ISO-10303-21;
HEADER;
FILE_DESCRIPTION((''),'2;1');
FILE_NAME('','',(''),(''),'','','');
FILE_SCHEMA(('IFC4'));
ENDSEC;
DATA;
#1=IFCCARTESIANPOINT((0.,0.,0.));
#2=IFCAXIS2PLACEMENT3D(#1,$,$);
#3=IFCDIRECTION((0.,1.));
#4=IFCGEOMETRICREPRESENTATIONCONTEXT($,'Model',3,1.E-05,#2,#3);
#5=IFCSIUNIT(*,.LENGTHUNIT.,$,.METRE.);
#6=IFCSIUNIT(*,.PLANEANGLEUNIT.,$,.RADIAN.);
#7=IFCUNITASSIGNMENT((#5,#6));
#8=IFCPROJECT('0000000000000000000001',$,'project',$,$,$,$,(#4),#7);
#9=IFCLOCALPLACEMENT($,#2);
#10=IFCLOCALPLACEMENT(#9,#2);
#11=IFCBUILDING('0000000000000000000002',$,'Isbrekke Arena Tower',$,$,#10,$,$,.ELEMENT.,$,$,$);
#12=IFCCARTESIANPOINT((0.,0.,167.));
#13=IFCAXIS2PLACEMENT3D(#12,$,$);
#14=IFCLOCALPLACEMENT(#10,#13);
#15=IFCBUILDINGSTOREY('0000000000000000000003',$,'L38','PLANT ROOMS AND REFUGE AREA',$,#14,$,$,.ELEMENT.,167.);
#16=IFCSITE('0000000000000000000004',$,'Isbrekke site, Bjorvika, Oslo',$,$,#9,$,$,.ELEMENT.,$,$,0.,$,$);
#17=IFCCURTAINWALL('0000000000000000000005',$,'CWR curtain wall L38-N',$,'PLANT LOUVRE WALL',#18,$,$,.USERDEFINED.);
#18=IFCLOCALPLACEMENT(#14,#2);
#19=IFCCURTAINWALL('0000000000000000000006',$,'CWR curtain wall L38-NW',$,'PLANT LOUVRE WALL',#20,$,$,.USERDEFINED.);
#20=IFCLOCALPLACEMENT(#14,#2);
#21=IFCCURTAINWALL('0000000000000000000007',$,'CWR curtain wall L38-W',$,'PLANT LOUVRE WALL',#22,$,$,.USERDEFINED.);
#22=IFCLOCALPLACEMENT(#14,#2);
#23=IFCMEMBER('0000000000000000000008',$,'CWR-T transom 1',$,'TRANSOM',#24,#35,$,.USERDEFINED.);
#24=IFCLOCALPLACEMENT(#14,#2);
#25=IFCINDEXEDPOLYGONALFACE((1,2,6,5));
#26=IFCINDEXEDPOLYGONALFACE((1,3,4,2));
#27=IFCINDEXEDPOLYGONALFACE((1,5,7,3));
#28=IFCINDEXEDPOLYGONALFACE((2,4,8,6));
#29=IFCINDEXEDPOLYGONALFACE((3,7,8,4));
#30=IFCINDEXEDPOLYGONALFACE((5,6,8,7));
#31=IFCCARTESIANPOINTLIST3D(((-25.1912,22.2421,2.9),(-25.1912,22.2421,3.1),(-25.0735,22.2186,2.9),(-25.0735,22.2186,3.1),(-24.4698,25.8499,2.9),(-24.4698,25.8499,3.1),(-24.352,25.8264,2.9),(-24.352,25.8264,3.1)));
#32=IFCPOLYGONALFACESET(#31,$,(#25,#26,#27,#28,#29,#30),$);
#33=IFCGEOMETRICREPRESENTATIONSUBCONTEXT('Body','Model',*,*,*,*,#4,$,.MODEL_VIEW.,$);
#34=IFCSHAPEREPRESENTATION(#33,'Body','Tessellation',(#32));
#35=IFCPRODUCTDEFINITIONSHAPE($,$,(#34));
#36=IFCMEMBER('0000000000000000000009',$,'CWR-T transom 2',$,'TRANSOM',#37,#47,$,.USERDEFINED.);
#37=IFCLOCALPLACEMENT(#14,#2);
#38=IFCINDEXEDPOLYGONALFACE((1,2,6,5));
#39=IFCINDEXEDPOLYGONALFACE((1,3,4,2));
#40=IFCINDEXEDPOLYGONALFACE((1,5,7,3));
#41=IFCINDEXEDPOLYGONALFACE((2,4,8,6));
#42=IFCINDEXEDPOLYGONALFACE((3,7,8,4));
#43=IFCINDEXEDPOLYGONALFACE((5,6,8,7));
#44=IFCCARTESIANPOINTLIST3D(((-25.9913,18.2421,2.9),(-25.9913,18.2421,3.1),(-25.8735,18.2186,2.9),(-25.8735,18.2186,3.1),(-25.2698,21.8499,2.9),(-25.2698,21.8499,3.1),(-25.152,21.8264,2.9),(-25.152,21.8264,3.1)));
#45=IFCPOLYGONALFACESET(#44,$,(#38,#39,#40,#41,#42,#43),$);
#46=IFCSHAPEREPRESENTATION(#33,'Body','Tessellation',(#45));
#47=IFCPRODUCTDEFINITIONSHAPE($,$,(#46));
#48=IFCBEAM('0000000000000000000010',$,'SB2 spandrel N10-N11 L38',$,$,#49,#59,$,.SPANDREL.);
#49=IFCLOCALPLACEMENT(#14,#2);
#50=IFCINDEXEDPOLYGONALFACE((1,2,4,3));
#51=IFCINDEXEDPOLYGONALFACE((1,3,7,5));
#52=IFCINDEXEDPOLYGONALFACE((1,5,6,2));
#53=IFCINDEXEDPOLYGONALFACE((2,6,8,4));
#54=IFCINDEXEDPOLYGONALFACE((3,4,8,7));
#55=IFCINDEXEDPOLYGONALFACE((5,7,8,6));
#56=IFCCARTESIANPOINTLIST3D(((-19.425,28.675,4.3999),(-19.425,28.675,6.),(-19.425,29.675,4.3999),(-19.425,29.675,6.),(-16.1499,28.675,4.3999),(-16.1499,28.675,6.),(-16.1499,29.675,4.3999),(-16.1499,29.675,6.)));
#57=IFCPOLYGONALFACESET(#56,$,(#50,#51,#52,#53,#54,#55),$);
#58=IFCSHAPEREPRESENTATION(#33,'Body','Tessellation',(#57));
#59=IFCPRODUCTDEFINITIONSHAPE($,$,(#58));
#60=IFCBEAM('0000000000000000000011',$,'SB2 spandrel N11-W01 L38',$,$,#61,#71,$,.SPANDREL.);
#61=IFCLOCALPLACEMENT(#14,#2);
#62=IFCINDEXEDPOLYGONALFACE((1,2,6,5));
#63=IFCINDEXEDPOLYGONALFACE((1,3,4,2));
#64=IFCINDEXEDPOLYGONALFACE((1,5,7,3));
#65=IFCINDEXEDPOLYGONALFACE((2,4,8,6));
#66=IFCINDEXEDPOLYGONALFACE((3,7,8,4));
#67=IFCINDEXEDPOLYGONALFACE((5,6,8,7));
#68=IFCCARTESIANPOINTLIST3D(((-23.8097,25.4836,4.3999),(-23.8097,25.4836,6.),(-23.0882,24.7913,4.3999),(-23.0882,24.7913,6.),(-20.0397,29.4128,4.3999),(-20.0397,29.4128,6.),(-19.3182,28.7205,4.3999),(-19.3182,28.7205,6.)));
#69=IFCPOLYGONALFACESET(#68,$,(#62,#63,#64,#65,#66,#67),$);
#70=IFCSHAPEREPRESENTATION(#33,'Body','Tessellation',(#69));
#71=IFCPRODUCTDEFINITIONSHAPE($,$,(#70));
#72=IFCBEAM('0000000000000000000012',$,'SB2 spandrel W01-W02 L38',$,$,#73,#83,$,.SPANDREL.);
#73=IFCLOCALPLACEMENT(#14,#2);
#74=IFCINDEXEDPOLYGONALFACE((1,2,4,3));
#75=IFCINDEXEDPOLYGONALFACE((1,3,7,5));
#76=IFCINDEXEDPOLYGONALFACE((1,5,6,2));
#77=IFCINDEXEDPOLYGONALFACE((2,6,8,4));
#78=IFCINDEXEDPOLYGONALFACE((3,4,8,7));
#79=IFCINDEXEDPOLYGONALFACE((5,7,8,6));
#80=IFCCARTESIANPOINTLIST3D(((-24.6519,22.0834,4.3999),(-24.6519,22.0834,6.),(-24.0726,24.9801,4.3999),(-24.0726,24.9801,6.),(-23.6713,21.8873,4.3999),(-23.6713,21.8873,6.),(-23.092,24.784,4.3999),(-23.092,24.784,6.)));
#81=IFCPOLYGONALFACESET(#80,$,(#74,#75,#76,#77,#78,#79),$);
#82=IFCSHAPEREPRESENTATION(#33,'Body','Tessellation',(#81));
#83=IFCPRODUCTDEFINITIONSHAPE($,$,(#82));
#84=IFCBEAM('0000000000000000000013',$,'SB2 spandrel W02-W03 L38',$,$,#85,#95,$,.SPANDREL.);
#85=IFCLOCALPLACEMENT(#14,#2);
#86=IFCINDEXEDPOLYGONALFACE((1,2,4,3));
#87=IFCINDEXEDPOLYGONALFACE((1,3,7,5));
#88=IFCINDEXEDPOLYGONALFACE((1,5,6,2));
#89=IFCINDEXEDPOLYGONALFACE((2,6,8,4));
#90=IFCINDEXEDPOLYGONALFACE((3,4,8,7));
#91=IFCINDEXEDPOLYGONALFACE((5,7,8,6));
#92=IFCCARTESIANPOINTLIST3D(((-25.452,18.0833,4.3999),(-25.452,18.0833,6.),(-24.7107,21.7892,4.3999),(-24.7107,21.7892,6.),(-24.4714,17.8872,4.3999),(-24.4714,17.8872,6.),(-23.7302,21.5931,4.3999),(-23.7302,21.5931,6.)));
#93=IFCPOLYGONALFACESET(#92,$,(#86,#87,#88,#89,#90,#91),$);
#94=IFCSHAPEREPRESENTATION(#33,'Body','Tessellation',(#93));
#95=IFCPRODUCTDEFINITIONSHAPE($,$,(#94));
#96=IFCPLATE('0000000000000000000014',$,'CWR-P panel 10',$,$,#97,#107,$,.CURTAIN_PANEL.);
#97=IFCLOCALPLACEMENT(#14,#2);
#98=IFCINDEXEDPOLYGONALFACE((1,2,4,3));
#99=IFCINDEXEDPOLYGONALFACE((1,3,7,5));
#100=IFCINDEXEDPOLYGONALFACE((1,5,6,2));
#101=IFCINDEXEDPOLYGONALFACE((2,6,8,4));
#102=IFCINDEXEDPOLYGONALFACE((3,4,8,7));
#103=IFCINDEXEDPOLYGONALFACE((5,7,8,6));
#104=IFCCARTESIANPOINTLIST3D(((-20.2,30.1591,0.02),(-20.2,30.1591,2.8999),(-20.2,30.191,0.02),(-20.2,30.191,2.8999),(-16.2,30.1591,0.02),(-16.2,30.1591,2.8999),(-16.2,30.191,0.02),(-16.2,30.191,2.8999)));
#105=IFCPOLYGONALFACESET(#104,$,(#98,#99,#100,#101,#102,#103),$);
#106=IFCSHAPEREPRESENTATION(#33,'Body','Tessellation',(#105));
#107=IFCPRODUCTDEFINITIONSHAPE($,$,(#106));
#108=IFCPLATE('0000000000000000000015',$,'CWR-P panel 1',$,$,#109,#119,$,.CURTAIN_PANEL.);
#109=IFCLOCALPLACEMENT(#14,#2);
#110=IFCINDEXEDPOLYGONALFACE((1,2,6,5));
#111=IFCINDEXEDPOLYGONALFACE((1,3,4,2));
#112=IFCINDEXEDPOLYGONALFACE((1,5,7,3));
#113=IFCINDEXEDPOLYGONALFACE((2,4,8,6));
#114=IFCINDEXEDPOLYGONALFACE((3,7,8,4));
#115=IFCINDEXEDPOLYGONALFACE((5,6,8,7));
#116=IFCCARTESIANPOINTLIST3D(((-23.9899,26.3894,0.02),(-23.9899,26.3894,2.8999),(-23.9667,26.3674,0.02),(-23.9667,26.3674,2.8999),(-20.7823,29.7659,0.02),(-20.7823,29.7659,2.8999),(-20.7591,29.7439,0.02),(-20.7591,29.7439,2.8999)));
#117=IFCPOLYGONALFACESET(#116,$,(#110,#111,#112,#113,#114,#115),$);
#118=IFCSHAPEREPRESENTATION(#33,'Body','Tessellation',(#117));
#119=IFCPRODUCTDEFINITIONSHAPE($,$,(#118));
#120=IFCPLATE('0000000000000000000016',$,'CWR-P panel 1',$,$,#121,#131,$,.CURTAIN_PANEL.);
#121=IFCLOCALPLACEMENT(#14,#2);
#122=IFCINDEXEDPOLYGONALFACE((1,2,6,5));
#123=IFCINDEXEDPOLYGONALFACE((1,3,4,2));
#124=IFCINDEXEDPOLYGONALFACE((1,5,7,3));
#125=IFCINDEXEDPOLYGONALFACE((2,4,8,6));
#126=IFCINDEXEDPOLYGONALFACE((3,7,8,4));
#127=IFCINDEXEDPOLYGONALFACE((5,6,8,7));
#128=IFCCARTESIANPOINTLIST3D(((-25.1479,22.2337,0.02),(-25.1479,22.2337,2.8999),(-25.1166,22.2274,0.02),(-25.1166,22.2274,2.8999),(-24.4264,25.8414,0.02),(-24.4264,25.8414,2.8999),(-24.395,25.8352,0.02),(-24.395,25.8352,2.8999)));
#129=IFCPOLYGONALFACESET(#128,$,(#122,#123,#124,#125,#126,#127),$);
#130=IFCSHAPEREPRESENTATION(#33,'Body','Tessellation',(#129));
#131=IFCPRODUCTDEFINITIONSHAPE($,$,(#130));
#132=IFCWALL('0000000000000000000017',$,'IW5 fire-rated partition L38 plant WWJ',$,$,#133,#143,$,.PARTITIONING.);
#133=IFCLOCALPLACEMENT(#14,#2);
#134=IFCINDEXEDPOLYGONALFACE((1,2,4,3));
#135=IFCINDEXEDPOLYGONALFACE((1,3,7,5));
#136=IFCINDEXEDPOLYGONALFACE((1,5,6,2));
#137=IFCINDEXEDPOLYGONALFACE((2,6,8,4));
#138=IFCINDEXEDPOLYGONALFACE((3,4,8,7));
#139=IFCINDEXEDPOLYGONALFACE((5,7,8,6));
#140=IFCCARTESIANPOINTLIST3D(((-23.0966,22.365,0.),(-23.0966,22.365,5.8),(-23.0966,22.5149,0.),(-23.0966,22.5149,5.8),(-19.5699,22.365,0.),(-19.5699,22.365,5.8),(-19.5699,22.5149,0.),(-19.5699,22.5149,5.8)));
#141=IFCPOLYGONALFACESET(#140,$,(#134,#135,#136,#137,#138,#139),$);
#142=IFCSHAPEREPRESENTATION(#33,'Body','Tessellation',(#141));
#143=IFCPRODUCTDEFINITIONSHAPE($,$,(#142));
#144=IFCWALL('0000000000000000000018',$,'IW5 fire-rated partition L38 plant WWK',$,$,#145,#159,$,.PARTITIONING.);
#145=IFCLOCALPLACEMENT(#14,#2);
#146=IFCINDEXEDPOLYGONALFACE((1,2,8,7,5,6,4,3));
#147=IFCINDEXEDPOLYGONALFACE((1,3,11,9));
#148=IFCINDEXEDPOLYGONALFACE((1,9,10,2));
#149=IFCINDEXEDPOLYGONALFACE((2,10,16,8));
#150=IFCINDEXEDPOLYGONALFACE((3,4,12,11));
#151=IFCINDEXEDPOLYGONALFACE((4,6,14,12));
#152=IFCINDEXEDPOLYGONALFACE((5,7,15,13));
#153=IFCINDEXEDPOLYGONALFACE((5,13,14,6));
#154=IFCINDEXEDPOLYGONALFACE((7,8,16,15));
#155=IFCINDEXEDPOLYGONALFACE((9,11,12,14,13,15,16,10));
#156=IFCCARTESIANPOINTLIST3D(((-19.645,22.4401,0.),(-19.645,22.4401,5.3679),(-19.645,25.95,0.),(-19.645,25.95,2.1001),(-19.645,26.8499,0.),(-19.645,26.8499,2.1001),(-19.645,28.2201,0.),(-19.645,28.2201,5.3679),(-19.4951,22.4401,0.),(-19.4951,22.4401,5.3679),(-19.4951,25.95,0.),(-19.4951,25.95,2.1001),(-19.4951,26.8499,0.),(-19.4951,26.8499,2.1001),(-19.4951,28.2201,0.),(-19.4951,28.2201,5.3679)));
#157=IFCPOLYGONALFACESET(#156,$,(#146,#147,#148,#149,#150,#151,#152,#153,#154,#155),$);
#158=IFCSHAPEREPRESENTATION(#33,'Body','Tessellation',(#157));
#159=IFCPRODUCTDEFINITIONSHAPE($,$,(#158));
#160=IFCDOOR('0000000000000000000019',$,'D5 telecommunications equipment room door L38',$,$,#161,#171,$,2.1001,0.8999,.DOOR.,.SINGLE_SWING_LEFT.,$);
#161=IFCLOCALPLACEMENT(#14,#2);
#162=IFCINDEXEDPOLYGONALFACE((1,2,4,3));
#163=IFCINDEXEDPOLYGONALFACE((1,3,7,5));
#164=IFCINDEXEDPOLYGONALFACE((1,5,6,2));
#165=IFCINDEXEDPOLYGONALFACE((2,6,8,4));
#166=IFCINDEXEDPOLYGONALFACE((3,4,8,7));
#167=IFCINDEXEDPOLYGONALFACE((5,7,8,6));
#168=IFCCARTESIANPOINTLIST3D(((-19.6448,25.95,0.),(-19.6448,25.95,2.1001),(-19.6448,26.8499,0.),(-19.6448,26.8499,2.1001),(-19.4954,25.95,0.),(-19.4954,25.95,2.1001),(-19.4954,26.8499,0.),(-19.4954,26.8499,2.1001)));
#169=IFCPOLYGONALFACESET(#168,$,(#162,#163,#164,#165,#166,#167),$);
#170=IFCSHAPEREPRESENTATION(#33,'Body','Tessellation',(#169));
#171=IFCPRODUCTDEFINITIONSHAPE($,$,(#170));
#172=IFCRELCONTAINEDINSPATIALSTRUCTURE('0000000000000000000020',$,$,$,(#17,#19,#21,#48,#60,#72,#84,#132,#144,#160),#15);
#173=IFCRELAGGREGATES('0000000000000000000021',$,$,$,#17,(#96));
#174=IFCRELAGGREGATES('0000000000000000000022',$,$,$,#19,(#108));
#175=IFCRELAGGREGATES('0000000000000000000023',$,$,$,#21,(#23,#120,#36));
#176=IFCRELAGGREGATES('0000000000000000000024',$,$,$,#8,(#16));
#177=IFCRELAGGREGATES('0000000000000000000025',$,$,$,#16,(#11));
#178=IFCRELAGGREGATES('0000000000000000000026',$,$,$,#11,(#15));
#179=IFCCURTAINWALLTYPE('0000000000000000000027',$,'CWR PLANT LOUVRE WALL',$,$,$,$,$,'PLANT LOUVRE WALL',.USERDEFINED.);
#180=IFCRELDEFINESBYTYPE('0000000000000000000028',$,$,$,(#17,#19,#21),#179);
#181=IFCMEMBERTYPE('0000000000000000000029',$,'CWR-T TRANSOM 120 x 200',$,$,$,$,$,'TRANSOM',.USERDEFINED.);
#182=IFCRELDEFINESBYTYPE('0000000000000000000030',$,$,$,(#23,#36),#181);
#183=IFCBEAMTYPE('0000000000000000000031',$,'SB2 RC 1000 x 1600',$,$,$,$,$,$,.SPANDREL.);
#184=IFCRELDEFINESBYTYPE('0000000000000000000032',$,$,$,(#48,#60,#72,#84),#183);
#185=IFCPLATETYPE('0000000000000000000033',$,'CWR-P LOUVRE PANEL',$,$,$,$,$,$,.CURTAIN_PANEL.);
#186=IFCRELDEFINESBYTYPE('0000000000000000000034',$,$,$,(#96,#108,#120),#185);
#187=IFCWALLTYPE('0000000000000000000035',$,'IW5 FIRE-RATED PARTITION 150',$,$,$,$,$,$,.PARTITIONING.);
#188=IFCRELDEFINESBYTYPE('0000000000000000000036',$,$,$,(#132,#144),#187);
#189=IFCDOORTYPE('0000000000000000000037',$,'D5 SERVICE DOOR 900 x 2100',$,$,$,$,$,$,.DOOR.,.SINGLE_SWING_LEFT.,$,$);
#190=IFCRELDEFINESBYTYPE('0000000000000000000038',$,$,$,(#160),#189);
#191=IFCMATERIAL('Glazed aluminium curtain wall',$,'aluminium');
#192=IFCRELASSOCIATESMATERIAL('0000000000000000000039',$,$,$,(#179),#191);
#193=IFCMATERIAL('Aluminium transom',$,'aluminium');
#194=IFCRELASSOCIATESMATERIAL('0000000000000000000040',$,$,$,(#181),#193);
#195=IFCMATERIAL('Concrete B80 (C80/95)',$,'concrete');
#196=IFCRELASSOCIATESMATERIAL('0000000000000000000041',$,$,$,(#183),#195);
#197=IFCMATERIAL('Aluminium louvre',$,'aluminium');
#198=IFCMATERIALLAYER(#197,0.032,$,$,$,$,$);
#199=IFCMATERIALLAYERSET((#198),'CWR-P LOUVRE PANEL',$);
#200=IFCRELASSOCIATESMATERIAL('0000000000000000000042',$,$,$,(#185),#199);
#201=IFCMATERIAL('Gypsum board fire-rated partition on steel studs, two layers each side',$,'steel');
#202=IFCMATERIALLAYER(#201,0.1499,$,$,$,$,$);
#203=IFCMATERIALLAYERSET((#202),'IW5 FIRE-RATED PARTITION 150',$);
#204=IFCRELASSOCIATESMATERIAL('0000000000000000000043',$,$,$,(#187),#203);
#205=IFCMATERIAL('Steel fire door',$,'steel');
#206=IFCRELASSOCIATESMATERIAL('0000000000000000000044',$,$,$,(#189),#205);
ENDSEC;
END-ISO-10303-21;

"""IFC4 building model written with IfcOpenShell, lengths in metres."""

from ifc_helpers import new_model, si_unit, direction, frame, frame_2d, origin, origin_2d, place, context, subcontext, project, spatial, rectangle, extrude, material, layer, layer_set, material_profile, profile_set, type_object, element, fill, aggregate, save


model = new_model("IFC4")

# Units and contexts
model_context = context("Model", 3, precision=1e-05, world=origin(), true_north=direction((0.0, 1.0)))
body_context = subcontext(model_context, "Body", "Model", "MODEL_VIEW")
ifc_project = project(units=[si_unit("LENGTHUNIT", "METRE"), si_unit("PLANEANGLEUNIT", "RADIAN")], contexts=[model_context])

# Site, building, storey
site_placement = place(None, origin())
site = spatial("IfcSite", under=ifc_project, at=site_placement, Name="Isbrekke site, Bjorvika, Oslo", CompositionType="ELEMENT", RefElevation=0.0)
building_placement = place(site_placement, origin())
building = spatial("IfcBuilding", under=site, at=building_placement, Name="Isbrekke Arena Tower", CompositionType="ELEMENT")
storey_placement = place(building_placement, frame((0.0, 0.0, 167.0)))
storey = spatial("IfcBuildingStorey", under=building, at=storey_placement, Name="L38", Description="PLANT ROOMS AND REFUGE AREA", CompositionType="ELEMENT", Elevation=167.0)

# Curtain wall
ifc_material_1 = material(Name="Glazed aluminium curtain wall", Category="aluminium")
curtain_wall_type = type_object("IfcCurtainWallType", Name="CWR PLANT LOUVRE WALL", ElementType="PLANT LOUVRE WALL", PredefinedType="USERDEFINED", material=ifc_material_1)
curtain_wall_1_placement = place(storey_placement, origin())
curtain_wall_1 = element("IfcCurtainWall", 1, at=curtain_wall_1_placement, inside=storey, type_object=curtain_wall_type, Name="CWR curtain wall L38-N", ObjectType="PLANT LOUVRE WALL", PredefinedType="USERDEFINED")

# Curtain walls
curtain_wall_2_placement = place(storey_placement, origin())
curtain_wall_2 = element("IfcCurtainWall", 2, at=curtain_wall_2_placement, inside=storey, type_object=curtain_wall_type, Name="CWR curtain wall L38-NW", ObjectType="PLANT LOUVRE WALL", PredefinedType="USERDEFINED")
curtain_wall_3_placement = place(storey_placement, origin())
curtain_wall_3 = element("IfcCurtainWall", 3, at=curtain_wall_3_placement, inside=storey, type_object=curtain_wall_type, Name="CWR curtain wall L38-W", ObjectType="PLANT LOUVRE WALL", PredefinedType="USERDEFINED")

# Members
ifc_material_2 = material(Name="Aluminium transom", Category="aluminium")
ifc_material_profile_1 = material_profile(ifc_material_2, rectangle(XDim=0.1201, YDim=0.2, at=origin_2d()), Name="TRANSOM 120X200")
ifc_profile_set_1 = profile_set([ifc_material_profile_1], Name="Aluminium transom")
member_type_1 = type_object("IfcMemberType", Name="CWR-T TRANSOM 120 x 200", ElementType="TRANSOM", PredefinedType="USERDEFINED", material=ifc_profile_set_1)
member_1_placement = place(storey_placement, frame((-24.4109, 25.8381, 3.0), z_axis=(-0.196091, -0.980586, 0.0), x_axis=(0.980586, -0.196091, 0.0)))
member_1 = element("IfcMember", 4, at=member_1_placement, type_object=member_type_1, Name="CWR-T transom 1", ObjectType="TRANSOM", PredefinedType="USERDEFINED", context=body_context, shape_type="SweptSolid", body=[
    extrude(rectangle(XDim=0.1201, YDim=0.2, at=origin_2d()), origin(), (0.0, 0.0, 1.0), 3.6792),
])
member_2_placement = place(storey_placement, frame((-25.2109, 21.8381, 3.0), z_axis=(-0.196091, -0.980586, 0.0), x_axis=(0.980586, -0.196091, 0.0)))
member_2 = element("IfcMember", 5, at=member_2_placement, type_object=member_type_1, Name="CWR-T transom 2", ObjectType="TRANSOM", PredefinedType="USERDEFINED", context=body_context, shape_type="SweptSolid", body=[
    extrude(rectangle(XDim=0.1201, YDim=0.2, at=origin_2d()), origin(), (0.0, 0.0, 1.0), 3.6792),
])

# Beams
ifc_material_3 = material(Name="Concrete B80 (C80/95)", Category="concrete")
ifc_material_profile_2 = material_profile(ifc_material_3, rectangle(XDim=1.0, YDim=1.6001, at=origin_2d()), Name="RC 1000x1600")
ifc_profile_set_2 = profile_set([ifc_material_profile_2], Name="Concrete B80 (C80/95)")
beam_type_1 = type_object("IfcBeamType", Name="SB2 RC 1000 x 1600", PredefinedType="SPANDREL", material=ifc_profile_set_2)
beam_1_placement = place(storey_placement, frame((-16.1499, 29.175, 5.2), z_axis=(-1.0, 0.0, 0.0), x_axis=(0.0, -1.0, 0.0)))
element("IfcBeam", 6, at=beam_1_placement, inside=storey, type_object=beam_type_1, Name="SB2 spandrel N10-N11 L38", PredefinedType="SPANDREL", context=body_context, shape_type="SweptSolid", body=[
    extrude(rectangle(XDim=1.0, YDim=1.6001, at=origin_2d()), origin(), (0.0, 0.0, 1.0), 3.2751),
])
beam_2_placement = place(storey_placement, frame((-19.679, 29.0667, 5.2), z_axis=(-0.69234, -0.721572, 0.0), x_axis=(0.721572, -0.69234, 0.0)))
element("IfcBeam", 7, at=beam_2_placement, inside=storey, type_object=beam_type_1, Name="SB2 spandrel N11-W01 L38", PredefinedType="SPANDREL", context=body_context, shape_type="SweptSolid", body=[
    extrude(rectangle(XDim=1.0, YDim=1.6001, at=origin_2d()), origin(), (0.0, 0.0, 1.0), 5.4453),
])
beam_3_placement = place(storey_placement, frame((-23.5823, 24.8821, 5.2), z_axis=(-0.196116, -0.980581, 0.0), x_axis=(0.980581, -0.196116, 0.0)))
element("IfcBeam", 8, at=beam_3_placement, inside=storey, type_object=beam_type_1, Name="SB2 spandrel W01-W02 L38", PredefinedType="SPANDREL", context=body_context, shape_type="SweptSolid", body=[
    extrude(rectangle(XDim=1.0, YDim=1.6001, at=origin_2d()), origin(), (0.0, 0.0, 1.0), 2.9541),
])
beam_4_placement = place(storey_placement, frame((-24.2205, 21.6912, 5.2), z_axis=(-0.196129, -0.980578, 0.0), x_axis=(0.980578, -0.196129, 0.0)))
element("IfcBeam", 9, at=beam_4_placement, inside=storey, type_object=beam_type_1, Name="SB2 spandrel W02-W03 L38", PredefinedType="SPANDREL", context=body_context, shape_type="SweptSolid", body=[
    extrude(rectangle(XDim=1.0, YDim=1.6001, at=origin_2d()), origin(), (0.0, 0.0, 1.0), 3.7793),
])

# Plates
ifc_material_4 = material(Name="Aluminium louvre", Category="aluminium")
ifc_layer_1 = layer(ifc_material_4, 0.032)
ifc_layer_set_1 = layer_set([ifc_layer_1], Name="CWR-P LOUVRE PANEL")
plate_type = type_object("IfcPlateType", Name="CWR-P LOUVRE PANEL", PredefinedType="CURTAIN_PANEL", material=ifc_layer_set_1)
plate_1_placement = place(storey_placement, frame((-18.2, 30.175, 0.02), z_axis=(0.0, 0.0, 1.0), x_axis=(-1.0, 0.0, 0.0)))
plate_1 = element("IfcPlate", 10, at=plate_1_placement, type_object=plate_type, Name="CWR-P panel 10", PredefinedType="CURTAIN_PANEL", context=body_context, shape_type="SweptSolid", body=[
    extrude(rectangle(XDim=4.0, YDim=0.032, at=origin_2d()), origin(), (0.0, 0.0, 1.0), 2.8799),
])
aggregate(curtain_wall_1, [plate_1])
plate_2_placement = place(storey_placement, frame((-22.3745, 28.0667, 0.02), z_axis=(0.0, 0.0, 1.0), x_axis=(-0.688749, -0.724999, 0.0)))
plate_2 = element("IfcPlate", 11, at=plate_2_placement, type_object=plate_type, Name="CWR-P panel 1", PredefinedType="CURTAIN_PANEL", context=body_context, shape_type="SweptSolid", body=[
    extrude(rectangle(XDim=4.6572, YDim=0.032, at=origin_2d()), origin(), (0.0, 0.0, 1.0), 2.8799),
])
aggregate(curtain_wall_2, [plate_2])
plate_3_placement = place(storey_placement, frame((-24.7715, 24.0344, 0.02), z_axis=(0.0, 0.0, 1.0), x_axis=(-0.196116, -0.980581, 0.0)))
plate_3 = element("IfcPlate", 12, at=plate_3_placement, type_object=plate_type, Name="CWR-P panel 1", PredefinedType="CURTAIN_PANEL", context=body_context, shape_type="SweptSolid", body=[
    extrude(rectangle(XDim=3.6792, YDim=0.032, at=origin_2d()), origin(), (0.0, 0.0, 1.0), 2.8799),
])
aggregate(curtain_wall_3, [member_1, plate_3, member_2])

# Wall
ifc_material_5 = material(Name="Gypsum board fire-rated partition on steel studs, two layers each side", Category="steel")
ifc_layer_2 = layer(ifc_material_5, 0.1499)
ifc_layer_set_2 = layer_set([ifc_layer_2], Name="IW5 FIRE-RATED PARTITION 150")
wall_type = type_object("IfcWallType", Name="IW5 FIRE-RATED PARTITION 150", PredefinedType="PARTITIONING", material=ifc_layer_set_2)
wall_1_placement = place(storey_placement, frame((-19.5701, 22.4399, 0.0), z_axis=(0.0, 0.0, 1.0), x_axis=(-1.0, 0.0, 0.0)))
element("IfcWall", 13, at=wall_1_placement, inside=storey, type_object=wall_type, Name="IW5 fire-rated partition L38 plant WWJ", PredefinedType="PARTITIONING", context=body_context, shape_type="SweptSolid", body=[
    extrude(rectangle(XDim=3.5266, YDim=0.1499, at=frame_2d((1.7632, 0.0))), origin(), (0.0, 0.0, 1.0), 5.8),
])

# Wall, opening, door
wall_2_placement = place(storey_placement, frame((-19.5701, 22.4399, 0.0), z_axis=(0.0, 0.0, 1.0), x_axis=(0.0, 1.0, 0.0)))
wall_2 = element("IfcWall", 14, at=wall_2_placement, inside=storey, type_object=wall_type, Name="IW5 fire-rated partition L38 plant WWK", PredefinedType="PARTITIONING", context=body_context, shape_type="SweptSolid", body=[
    extrude(rectangle(XDim=5.78, YDim=0.1499, at=frame_2d((2.8901, 0.0))), origin(), (0.0, 0.0, 1.0), 5.3679),
])
opening_placement = place(wall_2_placement, frame((3.51, 0.0, 0.0)))
opening = element("IfcOpeningElement", 15, at=opening_placement, cuts=wall_2, PredefinedType="OPENING", context=body_context, shape_type="SweptSolid", body=[
    extrude(rectangle(XDim=0.8999, YDim=2.1001, at=frame_2d((0.45, 1.05))), frame((0.0, 0.0898, 0.0), z_axis=(0.0, -1.0, 0.0), x_axis=(1.0, 0.0, 0.0)), (0.0, 0.0, 1.0), 0.1797),
])
ifc_material_6 = material(Name="Steel fire door", Category="steel")
door_type = type_object("IfcDoorType", Name="D5 SERVICE DOOR 900 x 2100", OperationType="SINGLE_SWING_LEFT", PredefinedType="DOOR", material=ifc_material_6)
door_placement = place(opening_placement, origin())
door = element("IfcDoor", 16, at=door_placement, inside=storey, type_object=door_type, Name="D5 telecommunications equipment room door L38", OperationType="SINGLE_SWING_LEFT", OverallHeight=2.1001, OverallWidth=0.8999, PredefinedType="DOOR", context=body_context, shape_type="SweptSolid", body=[
    extrude(rectangle(XDim=0.8999, YDim=2.1001, at=frame_2d((0.45, 1.05))), frame((0.0, 0.0747, 0.0), z_axis=(0.0, -1.0, 0.0), x_axis=(1.0, 0.0, 0.0)), (0.0, 0.0, 1.0), 0.1494),
])
fill(opening, door)

save(model, "model.ifc")
